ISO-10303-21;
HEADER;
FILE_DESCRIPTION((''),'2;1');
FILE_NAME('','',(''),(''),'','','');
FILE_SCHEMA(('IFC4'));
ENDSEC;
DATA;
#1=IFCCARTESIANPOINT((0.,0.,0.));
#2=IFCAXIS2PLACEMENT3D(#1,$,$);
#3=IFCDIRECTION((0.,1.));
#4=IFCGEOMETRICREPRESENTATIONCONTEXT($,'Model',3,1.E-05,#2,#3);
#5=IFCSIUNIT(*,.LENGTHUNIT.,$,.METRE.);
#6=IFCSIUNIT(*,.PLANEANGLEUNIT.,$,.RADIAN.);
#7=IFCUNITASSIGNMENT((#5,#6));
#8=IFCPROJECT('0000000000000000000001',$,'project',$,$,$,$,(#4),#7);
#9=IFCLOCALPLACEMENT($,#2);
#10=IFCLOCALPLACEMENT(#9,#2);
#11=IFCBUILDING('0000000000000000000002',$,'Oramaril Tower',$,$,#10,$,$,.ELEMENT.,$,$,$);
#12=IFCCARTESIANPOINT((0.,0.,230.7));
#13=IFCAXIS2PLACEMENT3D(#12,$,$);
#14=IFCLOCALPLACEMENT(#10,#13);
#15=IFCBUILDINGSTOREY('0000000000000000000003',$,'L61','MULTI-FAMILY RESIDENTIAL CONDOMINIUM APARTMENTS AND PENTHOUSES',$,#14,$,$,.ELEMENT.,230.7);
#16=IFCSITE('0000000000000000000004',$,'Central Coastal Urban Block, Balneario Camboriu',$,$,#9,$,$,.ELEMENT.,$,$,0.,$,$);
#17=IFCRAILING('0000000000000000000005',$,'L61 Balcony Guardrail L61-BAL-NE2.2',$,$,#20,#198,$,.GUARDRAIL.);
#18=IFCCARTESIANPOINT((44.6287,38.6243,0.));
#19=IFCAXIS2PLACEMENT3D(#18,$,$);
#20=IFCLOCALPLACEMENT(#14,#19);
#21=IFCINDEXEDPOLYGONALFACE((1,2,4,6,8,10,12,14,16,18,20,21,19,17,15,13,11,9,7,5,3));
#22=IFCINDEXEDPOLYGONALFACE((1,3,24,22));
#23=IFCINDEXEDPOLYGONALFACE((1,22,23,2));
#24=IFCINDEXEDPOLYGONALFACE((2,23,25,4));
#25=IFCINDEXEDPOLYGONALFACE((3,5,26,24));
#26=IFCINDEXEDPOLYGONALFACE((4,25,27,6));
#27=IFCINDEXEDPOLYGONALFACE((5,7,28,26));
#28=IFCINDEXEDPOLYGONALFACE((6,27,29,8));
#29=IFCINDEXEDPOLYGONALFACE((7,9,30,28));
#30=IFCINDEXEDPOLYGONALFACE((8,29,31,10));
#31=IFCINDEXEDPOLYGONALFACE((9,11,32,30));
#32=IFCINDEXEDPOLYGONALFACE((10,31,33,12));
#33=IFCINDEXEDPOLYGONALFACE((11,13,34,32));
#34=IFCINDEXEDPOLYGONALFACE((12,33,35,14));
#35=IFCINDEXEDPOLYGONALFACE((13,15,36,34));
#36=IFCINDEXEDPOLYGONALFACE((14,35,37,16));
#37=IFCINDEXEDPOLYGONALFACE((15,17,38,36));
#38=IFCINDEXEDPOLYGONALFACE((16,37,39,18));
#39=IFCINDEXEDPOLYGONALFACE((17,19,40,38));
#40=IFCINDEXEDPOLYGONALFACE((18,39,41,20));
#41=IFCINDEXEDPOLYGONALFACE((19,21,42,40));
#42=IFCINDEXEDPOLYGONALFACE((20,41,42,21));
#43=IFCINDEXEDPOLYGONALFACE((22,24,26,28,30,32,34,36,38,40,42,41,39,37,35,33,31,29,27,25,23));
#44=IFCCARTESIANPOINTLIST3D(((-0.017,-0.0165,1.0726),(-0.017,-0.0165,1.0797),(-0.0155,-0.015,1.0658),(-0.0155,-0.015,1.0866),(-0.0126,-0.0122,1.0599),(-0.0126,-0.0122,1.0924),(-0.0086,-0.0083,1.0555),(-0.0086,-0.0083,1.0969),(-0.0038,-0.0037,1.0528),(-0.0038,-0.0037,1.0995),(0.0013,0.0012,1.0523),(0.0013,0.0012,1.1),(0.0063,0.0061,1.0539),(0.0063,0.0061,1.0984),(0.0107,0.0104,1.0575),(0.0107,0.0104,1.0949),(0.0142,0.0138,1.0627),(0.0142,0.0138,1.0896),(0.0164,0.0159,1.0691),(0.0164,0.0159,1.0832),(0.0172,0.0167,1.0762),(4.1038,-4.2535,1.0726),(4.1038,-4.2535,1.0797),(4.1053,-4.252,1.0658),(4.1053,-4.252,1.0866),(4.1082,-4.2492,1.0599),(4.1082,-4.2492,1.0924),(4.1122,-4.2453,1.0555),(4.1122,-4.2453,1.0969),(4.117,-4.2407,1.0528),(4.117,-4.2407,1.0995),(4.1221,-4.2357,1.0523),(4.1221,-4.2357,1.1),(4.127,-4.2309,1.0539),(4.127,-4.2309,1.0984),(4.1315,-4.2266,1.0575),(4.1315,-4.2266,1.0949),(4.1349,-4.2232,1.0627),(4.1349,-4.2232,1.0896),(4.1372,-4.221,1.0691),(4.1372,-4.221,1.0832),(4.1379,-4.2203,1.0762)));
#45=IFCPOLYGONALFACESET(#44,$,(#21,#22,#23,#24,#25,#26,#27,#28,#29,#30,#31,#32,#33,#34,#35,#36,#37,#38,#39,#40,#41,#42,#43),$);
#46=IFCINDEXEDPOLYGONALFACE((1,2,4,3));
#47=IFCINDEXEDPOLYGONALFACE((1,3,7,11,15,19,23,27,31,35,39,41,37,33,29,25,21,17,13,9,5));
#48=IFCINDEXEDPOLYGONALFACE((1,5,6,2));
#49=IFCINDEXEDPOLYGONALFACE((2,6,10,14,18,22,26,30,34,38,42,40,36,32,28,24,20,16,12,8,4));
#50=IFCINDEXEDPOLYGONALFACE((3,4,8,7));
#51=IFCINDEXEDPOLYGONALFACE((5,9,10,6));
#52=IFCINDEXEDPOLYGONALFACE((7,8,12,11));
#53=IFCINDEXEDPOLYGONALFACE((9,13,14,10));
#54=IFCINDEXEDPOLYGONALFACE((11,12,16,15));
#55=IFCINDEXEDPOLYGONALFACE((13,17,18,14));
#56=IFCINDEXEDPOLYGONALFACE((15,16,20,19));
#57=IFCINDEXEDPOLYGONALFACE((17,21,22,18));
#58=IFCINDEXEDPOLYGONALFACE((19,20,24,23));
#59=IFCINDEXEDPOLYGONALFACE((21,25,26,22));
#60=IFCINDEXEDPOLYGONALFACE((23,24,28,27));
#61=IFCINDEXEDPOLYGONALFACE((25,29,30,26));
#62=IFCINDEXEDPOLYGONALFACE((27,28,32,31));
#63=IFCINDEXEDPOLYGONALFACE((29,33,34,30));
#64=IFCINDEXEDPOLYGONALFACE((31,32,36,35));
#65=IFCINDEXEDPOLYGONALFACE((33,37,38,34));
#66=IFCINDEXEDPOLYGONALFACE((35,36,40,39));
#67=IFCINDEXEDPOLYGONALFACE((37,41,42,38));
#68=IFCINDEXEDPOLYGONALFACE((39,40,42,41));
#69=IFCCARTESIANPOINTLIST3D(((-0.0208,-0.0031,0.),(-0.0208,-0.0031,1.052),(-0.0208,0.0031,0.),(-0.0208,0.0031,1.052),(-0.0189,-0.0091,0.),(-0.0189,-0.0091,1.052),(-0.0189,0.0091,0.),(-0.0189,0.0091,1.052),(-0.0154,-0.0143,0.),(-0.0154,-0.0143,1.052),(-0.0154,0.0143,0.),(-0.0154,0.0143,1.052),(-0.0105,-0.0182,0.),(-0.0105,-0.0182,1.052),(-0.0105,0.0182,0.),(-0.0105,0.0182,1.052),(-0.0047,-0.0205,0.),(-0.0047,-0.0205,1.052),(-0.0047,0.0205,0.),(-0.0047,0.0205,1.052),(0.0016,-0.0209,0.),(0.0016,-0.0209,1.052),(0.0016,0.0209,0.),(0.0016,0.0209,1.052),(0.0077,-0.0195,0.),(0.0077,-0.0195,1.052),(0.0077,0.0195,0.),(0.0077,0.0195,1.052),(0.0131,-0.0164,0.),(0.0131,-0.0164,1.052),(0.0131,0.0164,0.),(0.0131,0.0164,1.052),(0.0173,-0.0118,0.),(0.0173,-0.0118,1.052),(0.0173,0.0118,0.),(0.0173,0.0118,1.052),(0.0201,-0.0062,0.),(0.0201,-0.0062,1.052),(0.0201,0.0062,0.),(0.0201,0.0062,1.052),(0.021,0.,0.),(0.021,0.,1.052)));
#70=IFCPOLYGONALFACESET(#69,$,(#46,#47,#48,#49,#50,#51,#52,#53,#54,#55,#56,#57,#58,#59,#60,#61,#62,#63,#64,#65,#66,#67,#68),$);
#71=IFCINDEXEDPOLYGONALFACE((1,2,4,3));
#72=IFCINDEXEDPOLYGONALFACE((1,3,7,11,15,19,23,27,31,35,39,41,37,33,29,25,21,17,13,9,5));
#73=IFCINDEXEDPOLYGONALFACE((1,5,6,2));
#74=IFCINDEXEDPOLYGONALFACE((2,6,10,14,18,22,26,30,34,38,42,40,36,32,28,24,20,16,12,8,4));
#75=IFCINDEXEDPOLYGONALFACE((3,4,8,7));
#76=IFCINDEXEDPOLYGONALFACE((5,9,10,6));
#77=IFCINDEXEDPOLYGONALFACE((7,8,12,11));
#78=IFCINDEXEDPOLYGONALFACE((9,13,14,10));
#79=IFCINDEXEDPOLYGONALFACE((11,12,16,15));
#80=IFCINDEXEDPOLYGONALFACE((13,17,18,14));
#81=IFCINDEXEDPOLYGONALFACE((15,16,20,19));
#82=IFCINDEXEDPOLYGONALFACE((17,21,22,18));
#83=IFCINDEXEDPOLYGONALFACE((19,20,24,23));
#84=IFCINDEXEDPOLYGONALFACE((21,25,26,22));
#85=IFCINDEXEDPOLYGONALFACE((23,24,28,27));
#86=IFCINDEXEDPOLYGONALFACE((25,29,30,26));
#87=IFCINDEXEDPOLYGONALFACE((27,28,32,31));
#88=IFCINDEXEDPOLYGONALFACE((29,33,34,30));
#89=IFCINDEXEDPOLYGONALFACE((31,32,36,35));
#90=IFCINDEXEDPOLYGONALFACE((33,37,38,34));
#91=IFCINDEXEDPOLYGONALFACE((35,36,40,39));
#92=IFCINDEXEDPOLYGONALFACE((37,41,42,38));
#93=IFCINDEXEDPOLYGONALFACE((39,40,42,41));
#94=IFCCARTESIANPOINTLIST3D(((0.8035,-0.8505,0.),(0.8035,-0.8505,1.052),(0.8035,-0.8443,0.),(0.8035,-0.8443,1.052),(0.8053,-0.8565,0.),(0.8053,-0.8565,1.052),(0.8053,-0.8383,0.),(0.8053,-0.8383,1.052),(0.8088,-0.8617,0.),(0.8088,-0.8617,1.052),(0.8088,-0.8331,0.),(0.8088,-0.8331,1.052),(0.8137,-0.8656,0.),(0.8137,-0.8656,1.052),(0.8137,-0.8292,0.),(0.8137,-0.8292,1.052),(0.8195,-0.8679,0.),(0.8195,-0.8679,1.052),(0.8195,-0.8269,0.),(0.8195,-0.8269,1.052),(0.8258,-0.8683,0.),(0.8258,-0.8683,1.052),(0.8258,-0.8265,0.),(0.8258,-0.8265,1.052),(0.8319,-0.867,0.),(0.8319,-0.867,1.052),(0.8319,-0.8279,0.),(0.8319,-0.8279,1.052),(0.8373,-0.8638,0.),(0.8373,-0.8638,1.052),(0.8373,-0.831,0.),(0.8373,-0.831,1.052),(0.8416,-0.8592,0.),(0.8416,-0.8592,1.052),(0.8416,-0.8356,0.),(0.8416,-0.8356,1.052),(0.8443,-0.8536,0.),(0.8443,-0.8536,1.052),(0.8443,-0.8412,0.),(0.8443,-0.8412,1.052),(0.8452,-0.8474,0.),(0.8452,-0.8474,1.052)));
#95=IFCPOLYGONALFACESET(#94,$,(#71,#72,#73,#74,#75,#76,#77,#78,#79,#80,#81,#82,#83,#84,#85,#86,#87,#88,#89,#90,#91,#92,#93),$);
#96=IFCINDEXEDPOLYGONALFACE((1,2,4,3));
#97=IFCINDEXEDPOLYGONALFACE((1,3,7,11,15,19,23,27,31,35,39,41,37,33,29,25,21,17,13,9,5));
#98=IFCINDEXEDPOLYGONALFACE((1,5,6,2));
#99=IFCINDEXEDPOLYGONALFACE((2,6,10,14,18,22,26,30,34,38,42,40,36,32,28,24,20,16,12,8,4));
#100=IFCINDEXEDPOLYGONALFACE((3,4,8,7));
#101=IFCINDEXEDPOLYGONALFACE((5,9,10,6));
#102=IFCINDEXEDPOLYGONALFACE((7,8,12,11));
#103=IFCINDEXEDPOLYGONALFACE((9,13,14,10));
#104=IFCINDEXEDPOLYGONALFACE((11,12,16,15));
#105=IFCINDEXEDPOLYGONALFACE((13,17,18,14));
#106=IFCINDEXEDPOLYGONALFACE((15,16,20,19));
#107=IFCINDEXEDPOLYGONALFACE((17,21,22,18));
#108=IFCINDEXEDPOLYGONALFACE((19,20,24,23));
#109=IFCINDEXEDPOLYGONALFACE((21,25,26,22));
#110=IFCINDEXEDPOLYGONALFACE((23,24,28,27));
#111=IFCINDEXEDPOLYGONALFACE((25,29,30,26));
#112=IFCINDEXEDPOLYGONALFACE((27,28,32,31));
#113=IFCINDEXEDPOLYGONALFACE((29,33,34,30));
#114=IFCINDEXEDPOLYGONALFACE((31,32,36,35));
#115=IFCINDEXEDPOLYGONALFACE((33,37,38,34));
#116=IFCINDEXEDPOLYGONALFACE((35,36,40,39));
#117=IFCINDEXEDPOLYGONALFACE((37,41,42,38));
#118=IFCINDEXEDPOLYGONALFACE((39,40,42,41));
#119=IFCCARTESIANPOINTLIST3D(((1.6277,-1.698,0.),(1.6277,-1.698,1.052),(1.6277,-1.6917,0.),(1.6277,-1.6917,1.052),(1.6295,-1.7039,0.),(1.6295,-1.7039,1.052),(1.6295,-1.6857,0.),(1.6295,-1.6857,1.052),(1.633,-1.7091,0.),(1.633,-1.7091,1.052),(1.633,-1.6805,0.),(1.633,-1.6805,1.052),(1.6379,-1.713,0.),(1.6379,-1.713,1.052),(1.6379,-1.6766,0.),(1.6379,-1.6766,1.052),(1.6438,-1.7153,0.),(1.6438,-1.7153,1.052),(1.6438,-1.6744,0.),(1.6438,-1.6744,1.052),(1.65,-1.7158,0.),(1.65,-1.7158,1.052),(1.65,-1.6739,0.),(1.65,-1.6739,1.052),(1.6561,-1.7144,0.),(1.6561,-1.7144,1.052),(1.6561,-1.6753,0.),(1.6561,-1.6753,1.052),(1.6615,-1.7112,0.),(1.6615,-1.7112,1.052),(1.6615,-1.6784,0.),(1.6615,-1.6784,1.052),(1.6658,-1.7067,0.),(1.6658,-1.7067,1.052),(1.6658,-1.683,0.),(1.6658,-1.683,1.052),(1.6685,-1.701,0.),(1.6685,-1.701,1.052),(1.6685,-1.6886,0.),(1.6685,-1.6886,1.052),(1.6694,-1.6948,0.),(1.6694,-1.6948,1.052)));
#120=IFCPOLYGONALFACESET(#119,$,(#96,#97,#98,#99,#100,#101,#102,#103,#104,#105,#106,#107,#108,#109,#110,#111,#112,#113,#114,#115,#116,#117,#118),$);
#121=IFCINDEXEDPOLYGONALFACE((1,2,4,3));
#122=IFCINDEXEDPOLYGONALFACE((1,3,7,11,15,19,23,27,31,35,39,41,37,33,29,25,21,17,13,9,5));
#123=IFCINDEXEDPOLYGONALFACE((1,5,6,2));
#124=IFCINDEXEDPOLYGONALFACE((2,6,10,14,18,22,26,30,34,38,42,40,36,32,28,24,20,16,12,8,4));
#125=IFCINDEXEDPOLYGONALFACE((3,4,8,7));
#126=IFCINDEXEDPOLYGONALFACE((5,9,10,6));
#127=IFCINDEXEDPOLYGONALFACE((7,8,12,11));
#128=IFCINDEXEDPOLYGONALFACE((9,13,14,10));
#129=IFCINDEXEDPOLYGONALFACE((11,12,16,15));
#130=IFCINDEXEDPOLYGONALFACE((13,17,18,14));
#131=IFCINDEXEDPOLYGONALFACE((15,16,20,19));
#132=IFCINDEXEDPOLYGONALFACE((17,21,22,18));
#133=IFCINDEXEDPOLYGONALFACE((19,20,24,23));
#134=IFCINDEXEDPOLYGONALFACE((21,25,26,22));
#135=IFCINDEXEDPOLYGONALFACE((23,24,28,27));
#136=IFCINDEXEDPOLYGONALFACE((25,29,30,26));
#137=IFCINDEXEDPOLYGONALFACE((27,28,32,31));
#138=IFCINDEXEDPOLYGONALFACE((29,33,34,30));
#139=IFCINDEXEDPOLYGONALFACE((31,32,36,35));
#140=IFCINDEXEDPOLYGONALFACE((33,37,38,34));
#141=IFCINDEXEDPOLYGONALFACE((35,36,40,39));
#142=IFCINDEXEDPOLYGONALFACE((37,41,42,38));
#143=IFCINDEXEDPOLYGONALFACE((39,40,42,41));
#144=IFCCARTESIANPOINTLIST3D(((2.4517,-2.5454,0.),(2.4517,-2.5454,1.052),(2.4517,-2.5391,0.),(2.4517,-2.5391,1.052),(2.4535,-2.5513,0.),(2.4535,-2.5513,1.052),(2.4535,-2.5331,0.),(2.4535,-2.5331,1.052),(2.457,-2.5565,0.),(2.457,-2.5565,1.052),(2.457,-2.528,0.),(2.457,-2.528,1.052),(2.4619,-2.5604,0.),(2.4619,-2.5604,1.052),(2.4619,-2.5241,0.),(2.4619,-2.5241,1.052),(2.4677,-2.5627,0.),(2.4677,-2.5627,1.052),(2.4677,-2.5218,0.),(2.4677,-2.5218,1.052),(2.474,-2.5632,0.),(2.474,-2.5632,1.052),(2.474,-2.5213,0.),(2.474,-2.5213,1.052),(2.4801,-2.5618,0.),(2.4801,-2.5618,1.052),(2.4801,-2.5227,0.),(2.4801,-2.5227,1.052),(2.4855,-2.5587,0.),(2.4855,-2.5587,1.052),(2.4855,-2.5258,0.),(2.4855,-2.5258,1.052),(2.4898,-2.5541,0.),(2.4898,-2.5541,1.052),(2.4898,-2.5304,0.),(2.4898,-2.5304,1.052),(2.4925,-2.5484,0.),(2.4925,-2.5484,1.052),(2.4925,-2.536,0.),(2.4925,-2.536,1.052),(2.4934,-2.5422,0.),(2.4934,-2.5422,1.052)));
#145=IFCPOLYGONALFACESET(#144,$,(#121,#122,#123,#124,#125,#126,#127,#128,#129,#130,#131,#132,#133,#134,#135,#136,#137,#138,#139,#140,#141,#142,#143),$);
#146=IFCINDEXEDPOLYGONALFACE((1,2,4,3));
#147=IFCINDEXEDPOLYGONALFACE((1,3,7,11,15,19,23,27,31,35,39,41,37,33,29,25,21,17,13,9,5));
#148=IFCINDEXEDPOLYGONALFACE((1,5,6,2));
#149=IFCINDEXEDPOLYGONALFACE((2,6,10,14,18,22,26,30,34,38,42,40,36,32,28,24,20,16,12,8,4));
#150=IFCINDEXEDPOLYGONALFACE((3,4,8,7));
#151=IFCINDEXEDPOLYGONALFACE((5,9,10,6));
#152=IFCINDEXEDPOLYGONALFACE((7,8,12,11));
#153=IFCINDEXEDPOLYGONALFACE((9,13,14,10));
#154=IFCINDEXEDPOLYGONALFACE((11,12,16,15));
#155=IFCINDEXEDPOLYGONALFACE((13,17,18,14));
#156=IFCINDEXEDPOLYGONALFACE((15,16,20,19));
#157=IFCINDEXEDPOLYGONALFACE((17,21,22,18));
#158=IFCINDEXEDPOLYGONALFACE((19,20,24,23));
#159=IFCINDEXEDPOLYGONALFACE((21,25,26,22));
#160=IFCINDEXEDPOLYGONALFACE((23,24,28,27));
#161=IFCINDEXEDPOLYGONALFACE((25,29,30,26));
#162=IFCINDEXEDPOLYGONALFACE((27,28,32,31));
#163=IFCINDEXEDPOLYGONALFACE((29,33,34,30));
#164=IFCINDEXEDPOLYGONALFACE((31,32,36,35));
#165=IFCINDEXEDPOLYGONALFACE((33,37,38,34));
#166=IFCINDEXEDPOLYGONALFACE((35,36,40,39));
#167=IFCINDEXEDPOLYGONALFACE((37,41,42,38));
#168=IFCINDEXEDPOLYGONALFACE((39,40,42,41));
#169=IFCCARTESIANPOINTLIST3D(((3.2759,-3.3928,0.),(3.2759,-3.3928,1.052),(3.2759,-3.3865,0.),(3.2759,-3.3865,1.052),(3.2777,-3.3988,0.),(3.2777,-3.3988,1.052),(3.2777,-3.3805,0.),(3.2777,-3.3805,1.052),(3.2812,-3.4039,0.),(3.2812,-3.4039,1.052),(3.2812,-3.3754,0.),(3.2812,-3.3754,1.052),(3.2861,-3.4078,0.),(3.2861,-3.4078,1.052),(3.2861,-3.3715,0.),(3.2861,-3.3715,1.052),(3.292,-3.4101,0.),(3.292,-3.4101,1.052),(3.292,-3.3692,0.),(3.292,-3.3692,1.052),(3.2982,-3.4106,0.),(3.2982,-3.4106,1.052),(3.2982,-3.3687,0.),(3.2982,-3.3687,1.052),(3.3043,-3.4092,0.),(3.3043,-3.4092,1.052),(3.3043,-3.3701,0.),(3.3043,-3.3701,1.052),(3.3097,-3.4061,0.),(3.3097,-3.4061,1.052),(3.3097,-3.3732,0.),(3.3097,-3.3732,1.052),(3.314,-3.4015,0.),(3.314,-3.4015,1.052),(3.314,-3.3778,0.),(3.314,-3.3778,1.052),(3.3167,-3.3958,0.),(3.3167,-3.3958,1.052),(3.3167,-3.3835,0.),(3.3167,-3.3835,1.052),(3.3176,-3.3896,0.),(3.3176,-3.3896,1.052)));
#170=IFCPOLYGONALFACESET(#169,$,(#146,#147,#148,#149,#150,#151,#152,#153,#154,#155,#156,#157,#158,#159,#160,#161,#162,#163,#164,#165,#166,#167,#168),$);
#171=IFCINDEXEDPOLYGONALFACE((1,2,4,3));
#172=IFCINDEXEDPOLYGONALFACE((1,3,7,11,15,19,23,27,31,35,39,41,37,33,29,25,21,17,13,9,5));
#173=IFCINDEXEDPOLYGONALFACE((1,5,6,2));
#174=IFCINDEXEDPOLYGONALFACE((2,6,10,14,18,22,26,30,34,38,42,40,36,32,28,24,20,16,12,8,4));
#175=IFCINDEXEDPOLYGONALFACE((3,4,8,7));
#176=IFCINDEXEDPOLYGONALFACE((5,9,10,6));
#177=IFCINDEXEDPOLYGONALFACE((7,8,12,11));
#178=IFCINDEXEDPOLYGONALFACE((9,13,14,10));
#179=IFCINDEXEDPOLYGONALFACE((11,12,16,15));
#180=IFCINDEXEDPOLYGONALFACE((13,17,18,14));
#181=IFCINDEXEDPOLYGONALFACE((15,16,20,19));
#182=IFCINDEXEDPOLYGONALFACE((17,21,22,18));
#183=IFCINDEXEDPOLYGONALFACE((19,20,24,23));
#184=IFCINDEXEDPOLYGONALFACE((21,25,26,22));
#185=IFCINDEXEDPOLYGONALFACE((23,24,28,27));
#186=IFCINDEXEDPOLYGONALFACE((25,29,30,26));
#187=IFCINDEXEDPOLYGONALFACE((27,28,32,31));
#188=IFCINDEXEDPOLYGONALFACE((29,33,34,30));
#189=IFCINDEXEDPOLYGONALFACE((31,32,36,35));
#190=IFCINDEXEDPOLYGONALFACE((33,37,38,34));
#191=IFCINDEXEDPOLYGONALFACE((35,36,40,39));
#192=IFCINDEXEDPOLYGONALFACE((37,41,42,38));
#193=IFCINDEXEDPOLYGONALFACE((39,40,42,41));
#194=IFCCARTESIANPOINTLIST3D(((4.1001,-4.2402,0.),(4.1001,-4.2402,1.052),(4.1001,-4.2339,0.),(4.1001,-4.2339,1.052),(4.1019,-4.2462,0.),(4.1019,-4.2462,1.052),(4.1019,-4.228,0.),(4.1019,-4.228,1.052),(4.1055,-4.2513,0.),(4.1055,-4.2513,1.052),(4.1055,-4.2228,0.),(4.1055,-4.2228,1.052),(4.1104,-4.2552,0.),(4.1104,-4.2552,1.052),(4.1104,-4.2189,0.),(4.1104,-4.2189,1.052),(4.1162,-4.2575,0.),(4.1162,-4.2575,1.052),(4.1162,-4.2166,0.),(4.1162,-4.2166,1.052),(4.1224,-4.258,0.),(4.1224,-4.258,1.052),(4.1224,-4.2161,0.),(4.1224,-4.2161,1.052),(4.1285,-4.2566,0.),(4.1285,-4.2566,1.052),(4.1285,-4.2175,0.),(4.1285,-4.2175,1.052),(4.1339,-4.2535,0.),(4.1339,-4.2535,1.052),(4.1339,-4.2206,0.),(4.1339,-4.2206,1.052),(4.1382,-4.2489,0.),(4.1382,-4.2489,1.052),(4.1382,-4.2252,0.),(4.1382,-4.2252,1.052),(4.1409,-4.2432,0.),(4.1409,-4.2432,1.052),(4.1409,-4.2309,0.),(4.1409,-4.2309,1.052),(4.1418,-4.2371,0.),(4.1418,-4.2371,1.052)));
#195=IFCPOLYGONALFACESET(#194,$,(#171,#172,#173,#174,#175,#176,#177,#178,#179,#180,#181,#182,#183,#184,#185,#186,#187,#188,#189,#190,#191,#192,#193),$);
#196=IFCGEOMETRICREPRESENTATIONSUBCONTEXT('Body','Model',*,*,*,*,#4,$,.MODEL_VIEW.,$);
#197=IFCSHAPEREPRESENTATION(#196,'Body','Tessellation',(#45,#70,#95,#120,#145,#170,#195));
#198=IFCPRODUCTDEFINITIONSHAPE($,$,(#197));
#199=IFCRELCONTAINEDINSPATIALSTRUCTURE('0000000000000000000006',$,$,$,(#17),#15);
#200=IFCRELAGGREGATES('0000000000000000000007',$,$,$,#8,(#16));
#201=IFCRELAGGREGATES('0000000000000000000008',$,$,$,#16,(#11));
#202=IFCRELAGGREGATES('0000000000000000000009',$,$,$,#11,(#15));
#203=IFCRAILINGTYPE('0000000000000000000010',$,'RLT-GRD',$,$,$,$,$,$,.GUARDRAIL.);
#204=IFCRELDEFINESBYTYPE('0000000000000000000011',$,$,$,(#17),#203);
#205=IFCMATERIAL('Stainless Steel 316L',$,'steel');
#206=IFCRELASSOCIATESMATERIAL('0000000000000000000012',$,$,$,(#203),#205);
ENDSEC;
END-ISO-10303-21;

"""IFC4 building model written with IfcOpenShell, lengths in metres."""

from ifc_helpers import new_model, si_unit, direction, frame, origin, origin_2d, place, context, subcontext, project, spatial, circle, extrude, material, type_object, element, save


model = new_model("IFC4")

# Units and contexts
model_context = context("Model", 3, precision=1e-05, world=origin(), true_north=direction((0.0, 1.0)))
body_context = subcontext(model_context, "Body", "Model", "MODEL_VIEW")
ifc_project = project(units=[si_unit("LENGTHUNIT", "METRE"), si_unit("PLANEANGLEUNIT", "RADIAN")], contexts=[model_context])

# Site, building, storey
site_placement = place(None, origin())
site = spatial("IfcSite", under=ifc_project, at=site_placement, Name="Central Coastal Urban Block, Balneario Camboriu", CompositionType="ELEMENT", RefElevation=0.0)
building_placement = place(site_placement, origin())
building = spatial("IfcBuilding", under=site, at=building_placement, Name="Oramaril Tower", CompositionType="ELEMENT")
storey_placement = place(building_placement, frame((0.0, 0.0, 230.7)))
storey = spatial("IfcBuildingStorey", under=building, at=storey_placement, Name="L61", Description="MULTI-FAMILY RESIDENTIAL CONDOMINIUM APARTMENTS AND PENTHOUSES", CompositionType="ELEMENT", Elevation=230.7)

# Railing
ifc_material_1 = material(Name="Stainless Steel 316L", Category="steel")
railing_type = type_object("IfcRailingType", Name="RLT-GRD", PredefinedType="GUARDRAIL", material=ifc_material_1)
railing_1_placement = place(storey_placement, frame((44.6287, 38.6243, 0.0)))
element("IfcRailing", 1, at=railing_1_placement, inside=storey, type_object=railing_type, Name="L61 Balcony Guardrail L61-BAL-NE2.2", PredefinedType="GUARDRAIL", context=body_context, shape_type="SweptSolid", body=[
    extrude(circle(Radius=0.0239, at=origin_2d()), frame((0.0, 0.0, 1.0762), z_axis=(0.697208, -0.716869, 0.0), x_axis=(0.716869, 0.697208, 0.0)), (0.0, 0.0, 1.0), 5.9104),
    extrude(circle(Radius=0.021, at=origin_2d()), origin(), (0.0, 0.0, 1.0), 1.052),
    extrude(circle(Radius=0.021, at=origin_2d()), frame((0.8242, -0.8474, 0.0)), (0.0, 0.0, 1.0), 1.052),
    extrude(circle(Radius=0.021, at=origin_2d()), frame((1.6484, -1.6948, 0.0)), (0.0, 0.0, 1.0), 1.052),
    extrude(circle(Radius=0.021, at=origin_2d()), frame((2.4724, -2.5422, 0.0)), (0.0, 0.0, 1.0), 1.052),
    extrude(circle(Radius=0.021, at=origin_2d()), frame((3.2966, -3.3896, 0.0)), (0.0, 0.0, 1.0), 1.052),
    extrude(circle(Radius=0.021, at=origin_2d()), frame((4.1208, -4.2371, 0.0)), (0.0, 0.0, 1.0), 1.052),
])

save(model, "model.ifc")
